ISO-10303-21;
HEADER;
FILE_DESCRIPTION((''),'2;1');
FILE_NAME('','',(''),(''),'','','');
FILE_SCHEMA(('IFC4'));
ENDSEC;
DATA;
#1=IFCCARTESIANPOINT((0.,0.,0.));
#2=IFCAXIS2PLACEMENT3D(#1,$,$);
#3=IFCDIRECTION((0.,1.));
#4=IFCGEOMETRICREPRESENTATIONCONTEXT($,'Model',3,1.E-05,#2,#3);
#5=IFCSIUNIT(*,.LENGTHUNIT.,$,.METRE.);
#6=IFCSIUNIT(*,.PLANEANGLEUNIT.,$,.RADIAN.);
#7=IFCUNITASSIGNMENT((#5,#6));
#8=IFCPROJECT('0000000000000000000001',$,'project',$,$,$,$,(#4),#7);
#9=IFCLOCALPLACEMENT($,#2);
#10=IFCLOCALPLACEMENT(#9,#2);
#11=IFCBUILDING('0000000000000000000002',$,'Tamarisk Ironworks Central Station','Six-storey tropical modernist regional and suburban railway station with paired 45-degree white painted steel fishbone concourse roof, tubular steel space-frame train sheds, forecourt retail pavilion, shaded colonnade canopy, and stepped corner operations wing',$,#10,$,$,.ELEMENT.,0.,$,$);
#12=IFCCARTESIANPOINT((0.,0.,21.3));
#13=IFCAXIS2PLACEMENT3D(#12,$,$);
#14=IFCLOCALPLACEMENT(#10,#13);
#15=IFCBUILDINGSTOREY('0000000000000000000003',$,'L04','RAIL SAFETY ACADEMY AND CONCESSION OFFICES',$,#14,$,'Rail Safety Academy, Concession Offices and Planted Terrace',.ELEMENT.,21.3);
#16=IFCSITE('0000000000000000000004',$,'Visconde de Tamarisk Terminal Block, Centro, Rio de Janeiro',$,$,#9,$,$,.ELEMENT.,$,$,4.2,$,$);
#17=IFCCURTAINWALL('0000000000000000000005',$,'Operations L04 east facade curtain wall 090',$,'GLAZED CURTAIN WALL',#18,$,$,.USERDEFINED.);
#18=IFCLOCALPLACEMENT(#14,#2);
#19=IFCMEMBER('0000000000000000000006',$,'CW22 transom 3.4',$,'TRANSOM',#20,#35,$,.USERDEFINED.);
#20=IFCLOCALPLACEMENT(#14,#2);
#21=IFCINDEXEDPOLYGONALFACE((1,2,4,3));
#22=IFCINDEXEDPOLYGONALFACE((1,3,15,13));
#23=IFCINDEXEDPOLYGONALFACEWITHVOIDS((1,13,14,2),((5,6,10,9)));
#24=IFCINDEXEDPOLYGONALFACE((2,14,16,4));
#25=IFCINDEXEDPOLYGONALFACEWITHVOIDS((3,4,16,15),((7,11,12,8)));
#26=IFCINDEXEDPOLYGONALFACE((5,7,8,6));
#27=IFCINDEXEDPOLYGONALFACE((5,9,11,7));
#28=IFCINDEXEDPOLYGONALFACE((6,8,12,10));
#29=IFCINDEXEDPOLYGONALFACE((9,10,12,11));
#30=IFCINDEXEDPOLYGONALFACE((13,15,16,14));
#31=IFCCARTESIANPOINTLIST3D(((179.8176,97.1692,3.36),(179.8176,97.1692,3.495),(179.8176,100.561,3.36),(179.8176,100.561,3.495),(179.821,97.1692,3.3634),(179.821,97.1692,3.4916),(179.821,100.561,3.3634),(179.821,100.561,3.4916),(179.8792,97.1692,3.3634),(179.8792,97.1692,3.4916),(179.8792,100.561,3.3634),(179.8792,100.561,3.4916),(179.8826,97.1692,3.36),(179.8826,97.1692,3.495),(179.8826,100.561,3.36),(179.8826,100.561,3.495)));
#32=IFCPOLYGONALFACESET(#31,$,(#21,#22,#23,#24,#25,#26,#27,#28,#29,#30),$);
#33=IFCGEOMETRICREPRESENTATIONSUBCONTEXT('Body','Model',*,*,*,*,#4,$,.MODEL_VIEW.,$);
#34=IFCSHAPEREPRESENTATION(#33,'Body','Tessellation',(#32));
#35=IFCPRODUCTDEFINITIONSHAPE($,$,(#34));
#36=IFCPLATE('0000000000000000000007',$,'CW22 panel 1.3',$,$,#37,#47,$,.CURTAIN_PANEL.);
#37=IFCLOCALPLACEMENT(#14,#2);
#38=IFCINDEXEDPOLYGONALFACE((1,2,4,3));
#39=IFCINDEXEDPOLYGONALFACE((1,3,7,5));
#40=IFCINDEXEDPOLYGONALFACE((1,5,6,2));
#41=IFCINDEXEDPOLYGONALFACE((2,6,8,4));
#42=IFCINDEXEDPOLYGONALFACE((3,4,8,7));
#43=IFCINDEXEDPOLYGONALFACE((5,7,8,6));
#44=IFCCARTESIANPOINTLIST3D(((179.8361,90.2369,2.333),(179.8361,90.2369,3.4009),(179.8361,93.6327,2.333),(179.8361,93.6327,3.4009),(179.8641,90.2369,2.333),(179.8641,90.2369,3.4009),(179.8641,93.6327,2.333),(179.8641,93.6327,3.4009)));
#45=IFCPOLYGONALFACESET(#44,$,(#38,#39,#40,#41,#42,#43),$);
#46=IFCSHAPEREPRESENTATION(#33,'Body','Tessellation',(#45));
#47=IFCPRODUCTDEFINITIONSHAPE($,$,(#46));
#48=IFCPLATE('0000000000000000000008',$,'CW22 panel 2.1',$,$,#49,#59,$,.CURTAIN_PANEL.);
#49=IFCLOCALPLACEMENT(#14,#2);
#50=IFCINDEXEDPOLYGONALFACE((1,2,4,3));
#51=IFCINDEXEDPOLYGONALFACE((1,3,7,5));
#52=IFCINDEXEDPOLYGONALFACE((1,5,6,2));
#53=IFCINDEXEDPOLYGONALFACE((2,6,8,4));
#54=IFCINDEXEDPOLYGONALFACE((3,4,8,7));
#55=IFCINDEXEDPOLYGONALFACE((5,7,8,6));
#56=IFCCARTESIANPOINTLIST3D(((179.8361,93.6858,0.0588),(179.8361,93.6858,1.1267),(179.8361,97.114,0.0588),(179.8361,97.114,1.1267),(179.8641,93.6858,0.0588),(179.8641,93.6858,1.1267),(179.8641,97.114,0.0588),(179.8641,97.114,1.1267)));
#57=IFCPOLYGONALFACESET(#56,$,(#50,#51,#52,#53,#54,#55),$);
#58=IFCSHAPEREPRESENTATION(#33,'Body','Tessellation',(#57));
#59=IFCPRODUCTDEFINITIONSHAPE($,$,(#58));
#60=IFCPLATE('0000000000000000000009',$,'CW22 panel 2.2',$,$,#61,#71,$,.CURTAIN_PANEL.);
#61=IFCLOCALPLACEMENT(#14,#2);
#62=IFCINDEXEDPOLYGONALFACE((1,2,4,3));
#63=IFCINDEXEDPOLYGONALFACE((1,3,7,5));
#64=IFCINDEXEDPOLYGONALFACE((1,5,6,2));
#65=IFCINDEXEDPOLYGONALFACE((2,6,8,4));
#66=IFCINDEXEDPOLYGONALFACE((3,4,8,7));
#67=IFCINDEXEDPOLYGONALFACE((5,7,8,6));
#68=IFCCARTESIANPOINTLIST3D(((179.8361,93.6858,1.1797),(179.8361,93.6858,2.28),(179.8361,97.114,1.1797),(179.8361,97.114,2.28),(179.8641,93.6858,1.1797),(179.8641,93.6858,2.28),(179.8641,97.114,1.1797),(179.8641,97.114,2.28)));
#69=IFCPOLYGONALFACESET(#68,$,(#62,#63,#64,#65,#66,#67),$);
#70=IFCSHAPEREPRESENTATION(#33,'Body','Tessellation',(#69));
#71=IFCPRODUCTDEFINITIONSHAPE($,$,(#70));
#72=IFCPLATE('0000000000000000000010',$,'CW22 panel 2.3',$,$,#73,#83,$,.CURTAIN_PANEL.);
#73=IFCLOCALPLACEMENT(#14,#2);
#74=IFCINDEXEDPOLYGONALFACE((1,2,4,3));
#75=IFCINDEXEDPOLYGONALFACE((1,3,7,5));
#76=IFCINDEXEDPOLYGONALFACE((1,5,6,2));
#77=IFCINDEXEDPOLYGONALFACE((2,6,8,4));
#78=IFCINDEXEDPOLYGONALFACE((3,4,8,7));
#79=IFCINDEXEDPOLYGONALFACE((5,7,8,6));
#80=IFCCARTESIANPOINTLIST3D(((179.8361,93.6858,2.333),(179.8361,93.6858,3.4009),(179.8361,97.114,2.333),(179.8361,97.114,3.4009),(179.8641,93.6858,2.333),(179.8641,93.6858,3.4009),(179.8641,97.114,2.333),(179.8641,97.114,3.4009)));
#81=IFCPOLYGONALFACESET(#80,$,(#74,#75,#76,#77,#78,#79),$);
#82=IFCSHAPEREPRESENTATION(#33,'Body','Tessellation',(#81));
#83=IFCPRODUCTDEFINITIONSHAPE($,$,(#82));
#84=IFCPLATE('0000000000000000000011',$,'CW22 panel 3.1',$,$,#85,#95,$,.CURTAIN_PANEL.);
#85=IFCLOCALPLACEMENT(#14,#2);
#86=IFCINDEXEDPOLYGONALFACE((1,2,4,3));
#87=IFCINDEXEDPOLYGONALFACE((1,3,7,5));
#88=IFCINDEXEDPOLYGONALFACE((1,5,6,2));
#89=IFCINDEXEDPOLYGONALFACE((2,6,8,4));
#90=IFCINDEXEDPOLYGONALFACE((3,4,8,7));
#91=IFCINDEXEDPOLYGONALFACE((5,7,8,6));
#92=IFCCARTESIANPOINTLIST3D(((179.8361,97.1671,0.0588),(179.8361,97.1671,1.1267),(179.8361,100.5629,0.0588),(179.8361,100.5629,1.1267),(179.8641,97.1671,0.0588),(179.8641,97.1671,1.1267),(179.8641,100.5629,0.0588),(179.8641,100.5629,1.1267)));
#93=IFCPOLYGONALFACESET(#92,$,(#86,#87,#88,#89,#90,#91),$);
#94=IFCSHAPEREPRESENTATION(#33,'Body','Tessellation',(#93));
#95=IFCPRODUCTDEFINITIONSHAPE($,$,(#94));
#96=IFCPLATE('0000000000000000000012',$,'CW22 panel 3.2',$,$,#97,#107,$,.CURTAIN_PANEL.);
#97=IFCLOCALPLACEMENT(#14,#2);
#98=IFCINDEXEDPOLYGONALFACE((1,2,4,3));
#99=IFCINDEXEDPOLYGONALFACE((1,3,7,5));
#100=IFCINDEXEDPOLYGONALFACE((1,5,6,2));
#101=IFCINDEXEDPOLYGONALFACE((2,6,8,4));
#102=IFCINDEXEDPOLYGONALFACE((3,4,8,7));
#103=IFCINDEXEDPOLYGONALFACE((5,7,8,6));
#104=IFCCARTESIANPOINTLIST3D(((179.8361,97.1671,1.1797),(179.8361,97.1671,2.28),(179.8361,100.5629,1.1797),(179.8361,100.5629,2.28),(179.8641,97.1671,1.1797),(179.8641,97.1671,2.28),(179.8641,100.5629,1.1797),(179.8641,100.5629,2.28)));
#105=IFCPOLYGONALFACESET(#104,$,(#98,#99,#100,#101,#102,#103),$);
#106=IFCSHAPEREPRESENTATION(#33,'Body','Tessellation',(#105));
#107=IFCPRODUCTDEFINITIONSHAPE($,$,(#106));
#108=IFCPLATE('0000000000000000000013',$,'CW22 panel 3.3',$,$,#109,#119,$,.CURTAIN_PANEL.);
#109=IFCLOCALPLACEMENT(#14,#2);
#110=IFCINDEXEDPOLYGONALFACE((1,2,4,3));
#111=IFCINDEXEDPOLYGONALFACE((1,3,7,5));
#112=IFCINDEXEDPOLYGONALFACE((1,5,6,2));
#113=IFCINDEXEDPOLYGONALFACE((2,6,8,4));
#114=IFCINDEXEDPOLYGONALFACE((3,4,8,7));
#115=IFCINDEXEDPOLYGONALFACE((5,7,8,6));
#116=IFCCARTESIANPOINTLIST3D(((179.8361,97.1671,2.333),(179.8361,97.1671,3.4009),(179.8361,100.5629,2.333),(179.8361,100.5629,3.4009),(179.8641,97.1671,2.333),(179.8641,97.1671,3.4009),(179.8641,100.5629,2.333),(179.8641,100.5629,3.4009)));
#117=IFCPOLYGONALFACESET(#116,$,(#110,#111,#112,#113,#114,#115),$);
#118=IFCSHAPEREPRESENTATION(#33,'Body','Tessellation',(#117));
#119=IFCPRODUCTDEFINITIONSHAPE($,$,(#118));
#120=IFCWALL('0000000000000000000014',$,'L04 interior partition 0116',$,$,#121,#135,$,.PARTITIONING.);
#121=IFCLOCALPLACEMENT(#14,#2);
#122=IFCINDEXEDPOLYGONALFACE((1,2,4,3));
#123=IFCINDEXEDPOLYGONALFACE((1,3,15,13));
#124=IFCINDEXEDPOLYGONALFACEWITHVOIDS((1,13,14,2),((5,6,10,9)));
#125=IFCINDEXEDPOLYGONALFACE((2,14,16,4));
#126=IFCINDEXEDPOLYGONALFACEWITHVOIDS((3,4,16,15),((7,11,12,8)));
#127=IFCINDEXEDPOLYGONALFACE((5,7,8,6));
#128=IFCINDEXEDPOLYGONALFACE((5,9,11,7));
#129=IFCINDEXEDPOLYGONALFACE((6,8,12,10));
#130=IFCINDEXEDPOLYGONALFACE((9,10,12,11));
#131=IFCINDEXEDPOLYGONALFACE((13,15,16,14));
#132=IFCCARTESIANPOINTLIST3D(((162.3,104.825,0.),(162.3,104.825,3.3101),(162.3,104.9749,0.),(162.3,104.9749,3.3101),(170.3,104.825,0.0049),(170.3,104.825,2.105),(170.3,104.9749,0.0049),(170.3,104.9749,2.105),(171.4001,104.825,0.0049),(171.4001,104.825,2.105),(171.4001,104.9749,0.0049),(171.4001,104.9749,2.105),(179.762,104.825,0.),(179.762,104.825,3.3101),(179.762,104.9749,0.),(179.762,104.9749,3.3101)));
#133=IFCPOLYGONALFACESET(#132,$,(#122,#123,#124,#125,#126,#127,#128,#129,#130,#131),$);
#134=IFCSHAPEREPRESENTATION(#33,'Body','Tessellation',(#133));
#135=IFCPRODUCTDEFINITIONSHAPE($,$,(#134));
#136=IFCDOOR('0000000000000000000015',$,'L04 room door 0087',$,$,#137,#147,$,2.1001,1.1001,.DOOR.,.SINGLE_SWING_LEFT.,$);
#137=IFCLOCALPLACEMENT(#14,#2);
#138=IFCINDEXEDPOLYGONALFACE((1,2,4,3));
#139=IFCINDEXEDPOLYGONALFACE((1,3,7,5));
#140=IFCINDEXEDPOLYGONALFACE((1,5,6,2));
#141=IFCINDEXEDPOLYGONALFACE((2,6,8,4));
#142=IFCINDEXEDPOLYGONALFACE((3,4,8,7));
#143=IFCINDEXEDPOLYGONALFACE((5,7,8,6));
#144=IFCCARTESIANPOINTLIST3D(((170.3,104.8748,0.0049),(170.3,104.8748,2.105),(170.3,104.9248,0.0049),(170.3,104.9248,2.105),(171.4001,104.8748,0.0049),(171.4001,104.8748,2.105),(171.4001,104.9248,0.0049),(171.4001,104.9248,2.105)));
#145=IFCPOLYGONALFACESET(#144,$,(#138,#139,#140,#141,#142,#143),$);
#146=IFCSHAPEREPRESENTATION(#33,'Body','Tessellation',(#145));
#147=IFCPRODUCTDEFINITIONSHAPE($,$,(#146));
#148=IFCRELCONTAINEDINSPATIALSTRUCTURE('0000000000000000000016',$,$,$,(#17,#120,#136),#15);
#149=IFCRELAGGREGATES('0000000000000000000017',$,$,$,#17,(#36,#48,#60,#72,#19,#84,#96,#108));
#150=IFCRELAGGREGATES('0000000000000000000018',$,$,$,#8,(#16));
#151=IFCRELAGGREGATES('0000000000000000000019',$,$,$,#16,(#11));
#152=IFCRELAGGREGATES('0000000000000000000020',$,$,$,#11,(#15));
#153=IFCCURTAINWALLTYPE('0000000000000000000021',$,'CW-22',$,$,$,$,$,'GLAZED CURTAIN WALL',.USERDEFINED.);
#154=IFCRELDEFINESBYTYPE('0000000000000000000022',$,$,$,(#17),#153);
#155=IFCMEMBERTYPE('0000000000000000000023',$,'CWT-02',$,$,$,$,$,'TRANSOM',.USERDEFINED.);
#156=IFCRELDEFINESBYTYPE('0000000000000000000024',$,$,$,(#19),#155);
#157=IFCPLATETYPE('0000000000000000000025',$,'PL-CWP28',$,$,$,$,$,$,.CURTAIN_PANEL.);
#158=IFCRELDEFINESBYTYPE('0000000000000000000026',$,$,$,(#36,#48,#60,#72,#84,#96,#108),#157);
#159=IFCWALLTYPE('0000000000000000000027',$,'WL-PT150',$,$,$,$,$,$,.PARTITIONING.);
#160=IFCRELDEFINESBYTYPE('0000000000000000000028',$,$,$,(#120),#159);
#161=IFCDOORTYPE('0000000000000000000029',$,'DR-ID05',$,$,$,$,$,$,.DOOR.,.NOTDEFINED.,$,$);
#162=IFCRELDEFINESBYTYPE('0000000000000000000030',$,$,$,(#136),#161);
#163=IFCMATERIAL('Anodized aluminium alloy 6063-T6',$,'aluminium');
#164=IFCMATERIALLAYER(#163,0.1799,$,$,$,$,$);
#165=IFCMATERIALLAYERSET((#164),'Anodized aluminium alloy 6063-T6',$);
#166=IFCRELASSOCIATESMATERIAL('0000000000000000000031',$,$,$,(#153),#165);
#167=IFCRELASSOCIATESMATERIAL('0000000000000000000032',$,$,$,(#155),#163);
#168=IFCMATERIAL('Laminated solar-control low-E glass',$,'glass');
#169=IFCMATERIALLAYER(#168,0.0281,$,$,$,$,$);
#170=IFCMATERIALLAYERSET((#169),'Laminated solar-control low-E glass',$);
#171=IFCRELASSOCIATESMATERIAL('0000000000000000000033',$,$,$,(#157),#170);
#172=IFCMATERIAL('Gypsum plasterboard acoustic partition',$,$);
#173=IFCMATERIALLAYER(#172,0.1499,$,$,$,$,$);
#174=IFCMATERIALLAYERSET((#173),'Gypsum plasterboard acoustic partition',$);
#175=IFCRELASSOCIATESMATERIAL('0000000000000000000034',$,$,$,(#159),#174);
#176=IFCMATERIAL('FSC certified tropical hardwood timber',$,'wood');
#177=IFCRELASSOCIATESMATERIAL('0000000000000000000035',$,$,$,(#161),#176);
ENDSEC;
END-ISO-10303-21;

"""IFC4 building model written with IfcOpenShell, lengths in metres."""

from ifc_helpers import new_model, si_unit, direction, frame, frame_2d, origin, origin_2d, place, context, subcontext, project, spatial, rectangle, hollow_rectangle, extrude, material, layer, layer_set, material_profile, profile_set, type_object, element, fill, aggregate, save


model = new_model("IFC4")

# Units and contexts
model_context = context("Model", 3, precision=1e-05, world=origin(), true_north=direction((0.0, 1.0)))
body_context = subcontext(model_context, "Body", "Model", "MODEL_VIEW")
ifc_project = project(units=[si_unit("LENGTHUNIT", "METRE"), si_unit("PLANEANGLEUNIT", "RADIAN")], contexts=[model_context])

# Site, building, storey
site_placement = place(None, origin())
site = spatial("IfcSite", under=ifc_project, at=site_placement, Name="Visconde de Tamarisk Terminal Block, Centro, Rio de Janeiro", CompositionType="ELEMENT", RefElevation=4.2)
building_placement = place(site_placement, origin())
building = spatial("IfcBuilding", under=site, at=building_placement, Name="Tamarisk Ironworks Central Station", Description="Six-storey tropical modernist regional and suburban railway station with paired 45-degree white painted steel fishbone concourse roof, tubular steel space-frame train sheds, forecourt retail pavilion, shaded colonnade canopy, and stepped corner operations wing", CompositionType="ELEMENT", ElevationOfRefHeight=0.0)
storey_placement = place(building_placement, frame((0.0, 0.0, 21.3)))
storey = spatial("IfcBuildingStorey", under=building, at=storey_placement, Name="L04", Description="RAIL SAFETY ACADEMY AND CONCESSION OFFICES", LongName="Rail Safety Academy, Concession Offices and Planted Terrace", CompositionType="ELEMENT", Elevation=21.3)

# Curtain wall, member, plates
ifc_material_1 = material(Name="Anodized aluminium alloy 6063-T6", Category="aluminium")
ifc_layer_1 = layer(ifc_material_1, 0.1799)
ifc_layer_set_1 = layer_set([ifc_layer_1], Name="Anodized aluminium alloy 6063-T6")
curtain_wall_type = type_object("IfcCurtainWallType", Name="CW-22", ElementType="GLAZED CURTAIN WALL", PredefinedType="USERDEFINED", material=ifc_layer_set_1)
curtain_wall_placement = place(storey_placement, origin())
curtain_wall = element("IfcCurtainWall", 1, at=curtain_wall_placement, inside=storey, type_object=curtain_wall_type, Name="Operations L04 east facade curtain wall 090", ObjectType="GLAZED CURTAIN WALL", PredefinedType="USERDEFINED")
ifc_material_profile_1 = material_profile(ifc_material_1, hollow_rectangle(XDim=0.0649, YDim=0.135, WallThickness=0.0034, at=origin_2d()), Name="ALUM 135x65")
ifc_profile_set_1 = profile_set([ifc_material_profile_1], Name="Anodized aluminium alloy 6063-T6")
member_type_1 = type_object("IfcMemberType", Name="CWT-02", ElementType="TRANSOM", PredefinedType="USERDEFINED", material=ifc_profile_set_1)
member_1_placement = place(storey_placement, frame((179.8501, 97.1692, 3.4275), z_axis=(0.0, 1.0, 0.0), x_axis=(-1.0, 0.0, 0.0)))
member_1 = element("IfcMember", 2, at=member_1_placement, type_object=member_type_1, Name="CW22 transom 3.4", ObjectType="TRANSOM", PredefinedType="USERDEFINED", context=body_context, shape_type="SweptSolid", body=[
    extrude(hollow_rectangle(XDim=0.0649, YDim=0.135, WallThickness=0.0034, at=origin_2d()), origin(), (0.0, 0.0, 1.0), 3.3918),
])
ifc_material_2 = material(Name="Laminated solar-control low-E glass", Category="glass")
ifc_layer_2 = layer(ifc_material_2, 0.0281)
ifc_layer_set_2 = layer_set([ifc_layer_2], Name="Laminated solar-control low-E glass")
plate_type = type_object("IfcPlateType", Name="PL-CWP28", PredefinedType="CURTAIN_PANEL", material=ifc_layer_set_2)
plate_1_placement = place(storey_placement, frame((179.8501, 91.9348, 2.333), z_axis=(0.0, 0.0, 1.0), x_axis=(0.0, 1.0, 0.0)))
plate_1 = element("IfcPlate", 3, at=plate_1_placement, type_object=plate_type, Name="CW22 panel 1.3", PredefinedType="CURTAIN_PANEL", context=body_context, shape_type="SweptSolid", body=[
    extrude(rectangle(XDim=3.3958, YDim=0.0281, at=origin_2d()), origin(), (0.0, 0.0, 1.0), 1.0679),
])
plate_2_placement = place(storey_placement, frame((179.8501, 95.3999, 0.0588), z_axis=(0.0, 0.0, 1.0), x_axis=(0.0, 1.0, 0.0)))
plate_2 = element("IfcPlate", 4, at=plate_2_placement, type_object=plate_type, Name="CW22 panel 2.1", PredefinedType="CURTAIN_PANEL", context=body_context, shape_type="SweptSolid", body=[
    extrude(rectangle(XDim=3.4282, YDim=0.0281, at=origin_2d()), origin(), (0.0, 0.0, 1.0), 1.0679),
])
plate_3_placement = place(storey_placement, frame((179.8501, 95.3999, 1.1797), z_axis=(0.0, 0.0, 1.0), x_axis=(0.0, 1.0, 0.0)))
plate_3 = element("IfcPlate", 5, at=plate_3_placement, type_object=plate_type, Name="CW22 panel 2.2", PredefinedType="CURTAIN_PANEL", context=body_context, shape_type="SweptSolid", body=[
    extrude(rectangle(XDim=3.4282, YDim=0.0281, at=origin_2d()), origin(), (0.0, 0.0, 1.0), 1.1003),
])
plate_4_placement = place(storey_placement, frame((179.8501, 95.3999, 2.333), z_axis=(0.0, 0.0, 1.0), x_axis=(0.0, 1.0, 0.0)))
plate_4 = element("IfcPlate", 6, at=plate_4_placement, type_object=plate_type, Name="CW22 panel 2.3", PredefinedType="CURTAIN_PANEL", context=body_context, shape_type="SweptSolid", body=[
    extrude(rectangle(XDim=3.4282, YDim=0.0281, at=origin_2d()), origin(), (0.0, 0.0, 1.0), 1.0679),
])
plate_5_placement = place(storey_placement, frame((179.8501, 98.865, 0.0588), z_axis=(0.0, 0.0, 1.0), x_axis=(0.0, 1.0, 0.0)))
plate_5 = element("IfcPlate", 7, at=plate_5_placement, type_object=plate_type, Name="CW22 panel 3.1", PredefinedType="CURTAIN_PANEL", context=body_context, shape_type="SweptSolid", body=[
    extrude(rectangle(XDim=3.3958, YDim=0.0281, at=origin_2d()), origin(), (0.0, 0.0, 1.0), 1.0679),
])
plate_6_placement = place(storey_placement, frame((179.8501, 98.865, 1.1797), z_axis=(0.0, 0.0, 1.0), x_axis=(0.0, 1.0, 0.0)))
plate_6 = element("IfcPlate", 8, at=plate_6_placement, type_object=plate_type, Name="CW22 panel 3.2", PredefinedType="CURTAIN_PANEL", context=body_context, shape_type="SweptSolid", body=[
    extrude(rectangle(XDim=3.3958, YDim=0.0281, at=origin_2d()), origin(), (0.0, 0.0, 1.0), 1.1003),
])
plate_7_placement = place(storey_placement, frame((179.8501, 98.865, 2.333), z_axis=(0.0, 0.0, 1.0), x_axis=(0.0, 1.0, 0.0)))
plate_7 = element("IfcPlate", 9, at=plate_7_placement, type_object=plate_type, Name="CW22 panel 3.3", PredefinedType="CURTAIN_PANEL", context=body_context, shape_type="SweptSolid", body=[
    extrude(rectangle(XDim=3.3958, YDim=0.0281, at=origin_2d()), origin(), (0.0, 0.0, 1.0), 1.0679),
])
aggregate(curtain_wall, [plate_1, plate_2, plate_3, plate_4, member_1, plate_5, plate_6, plate_7])

# Wall, opening, door
ifc_material_3 = material(Name="Gypsum plasterboard acoustic partition")
ifc_layer_3 = layer(ifc_material_3, 0.1499)
ifc_layer_set_3 = layer_set([ifc_layer_3], Name="Gypsum plasterboard acoustic partition")
wall_type = type_object("IfcWallType", Name="WL-PT150", PredefinedType="PARTITIONING", material=ifc_layer_set_3)
wall_placement = place(storey_placement, frame((162.3, 104.8999, 0.0), z_axis=(0.0, 0.0, 1.0), x_axis=(1.0, 0.0, 0.0)))
wall = element("IfcWall", 10, at=wall_placement, inside=storey, type_object=wall_type, Name="L04 interior partition 0116", PredefinedType="PARTITIONING", context=body_context, shape_type="SweptSolid", body=[
    extrude(rectangle(XDim=17.4619, YDim=0.1499, at=frame_2d((8.731, 0.0))), origin(), (0.0, 0.0, 1.0), 3.3101),
])
opening_placement = place(wall_placement, frame((8.0, 0.0, 0.0049)))
opening = element("IfcOpeningElement", 11, at=opening_placement, cuts=wall, PredefinedType="OPENING", context=body_context, shape_type="SweptSolid", body=[
    extrude(rectangle(XDim=1.1001, YDim=2.1001, at=frame_2d((0.55, 1.05))), frame((0.0, 0.0869, 0.0), z_axis=(0.0, -1.0, 0.0), x_axis=(1.0, 0.0, 0.0)), (0.0, 0.0, 1.0), 0.1738),
])
ifc_material_4 = material(Name="FSC certified tropical hardwood timber", Category="wood")
door_type = type_object("IfcDoorType", Name="DR-ID05", OperationType="NOTDEFINED", PredefinedType="DOOR", material=ifc_material_4)
door_placement = place(opening_placement, origin())
door = element("IfcDoor", 12, at=door_placement, inside=storey, type_object=door_type, Name="L04 room door 0087", OperationType="SINGLE_SWING_LEFT", OverallHeight=2.1001, OverallWidth=1.1001, PredefinedType="DOOR", context=body_context, shape_type="SweptSolid", body=[
    extrude(rectangle(XDim=1.1001, YDim=2.1001, at=frame_2d((0.55, 1.05))), frame((0.0, 0.0249, 0.0), z_axis=(0.0, -1.0, 0.0), x_axis=(1.0, 0.0, 0.0)), (0.0, 0.0, 1.0), 0.05),
])
fill(opening, door)

save(model, "model.ifc")
